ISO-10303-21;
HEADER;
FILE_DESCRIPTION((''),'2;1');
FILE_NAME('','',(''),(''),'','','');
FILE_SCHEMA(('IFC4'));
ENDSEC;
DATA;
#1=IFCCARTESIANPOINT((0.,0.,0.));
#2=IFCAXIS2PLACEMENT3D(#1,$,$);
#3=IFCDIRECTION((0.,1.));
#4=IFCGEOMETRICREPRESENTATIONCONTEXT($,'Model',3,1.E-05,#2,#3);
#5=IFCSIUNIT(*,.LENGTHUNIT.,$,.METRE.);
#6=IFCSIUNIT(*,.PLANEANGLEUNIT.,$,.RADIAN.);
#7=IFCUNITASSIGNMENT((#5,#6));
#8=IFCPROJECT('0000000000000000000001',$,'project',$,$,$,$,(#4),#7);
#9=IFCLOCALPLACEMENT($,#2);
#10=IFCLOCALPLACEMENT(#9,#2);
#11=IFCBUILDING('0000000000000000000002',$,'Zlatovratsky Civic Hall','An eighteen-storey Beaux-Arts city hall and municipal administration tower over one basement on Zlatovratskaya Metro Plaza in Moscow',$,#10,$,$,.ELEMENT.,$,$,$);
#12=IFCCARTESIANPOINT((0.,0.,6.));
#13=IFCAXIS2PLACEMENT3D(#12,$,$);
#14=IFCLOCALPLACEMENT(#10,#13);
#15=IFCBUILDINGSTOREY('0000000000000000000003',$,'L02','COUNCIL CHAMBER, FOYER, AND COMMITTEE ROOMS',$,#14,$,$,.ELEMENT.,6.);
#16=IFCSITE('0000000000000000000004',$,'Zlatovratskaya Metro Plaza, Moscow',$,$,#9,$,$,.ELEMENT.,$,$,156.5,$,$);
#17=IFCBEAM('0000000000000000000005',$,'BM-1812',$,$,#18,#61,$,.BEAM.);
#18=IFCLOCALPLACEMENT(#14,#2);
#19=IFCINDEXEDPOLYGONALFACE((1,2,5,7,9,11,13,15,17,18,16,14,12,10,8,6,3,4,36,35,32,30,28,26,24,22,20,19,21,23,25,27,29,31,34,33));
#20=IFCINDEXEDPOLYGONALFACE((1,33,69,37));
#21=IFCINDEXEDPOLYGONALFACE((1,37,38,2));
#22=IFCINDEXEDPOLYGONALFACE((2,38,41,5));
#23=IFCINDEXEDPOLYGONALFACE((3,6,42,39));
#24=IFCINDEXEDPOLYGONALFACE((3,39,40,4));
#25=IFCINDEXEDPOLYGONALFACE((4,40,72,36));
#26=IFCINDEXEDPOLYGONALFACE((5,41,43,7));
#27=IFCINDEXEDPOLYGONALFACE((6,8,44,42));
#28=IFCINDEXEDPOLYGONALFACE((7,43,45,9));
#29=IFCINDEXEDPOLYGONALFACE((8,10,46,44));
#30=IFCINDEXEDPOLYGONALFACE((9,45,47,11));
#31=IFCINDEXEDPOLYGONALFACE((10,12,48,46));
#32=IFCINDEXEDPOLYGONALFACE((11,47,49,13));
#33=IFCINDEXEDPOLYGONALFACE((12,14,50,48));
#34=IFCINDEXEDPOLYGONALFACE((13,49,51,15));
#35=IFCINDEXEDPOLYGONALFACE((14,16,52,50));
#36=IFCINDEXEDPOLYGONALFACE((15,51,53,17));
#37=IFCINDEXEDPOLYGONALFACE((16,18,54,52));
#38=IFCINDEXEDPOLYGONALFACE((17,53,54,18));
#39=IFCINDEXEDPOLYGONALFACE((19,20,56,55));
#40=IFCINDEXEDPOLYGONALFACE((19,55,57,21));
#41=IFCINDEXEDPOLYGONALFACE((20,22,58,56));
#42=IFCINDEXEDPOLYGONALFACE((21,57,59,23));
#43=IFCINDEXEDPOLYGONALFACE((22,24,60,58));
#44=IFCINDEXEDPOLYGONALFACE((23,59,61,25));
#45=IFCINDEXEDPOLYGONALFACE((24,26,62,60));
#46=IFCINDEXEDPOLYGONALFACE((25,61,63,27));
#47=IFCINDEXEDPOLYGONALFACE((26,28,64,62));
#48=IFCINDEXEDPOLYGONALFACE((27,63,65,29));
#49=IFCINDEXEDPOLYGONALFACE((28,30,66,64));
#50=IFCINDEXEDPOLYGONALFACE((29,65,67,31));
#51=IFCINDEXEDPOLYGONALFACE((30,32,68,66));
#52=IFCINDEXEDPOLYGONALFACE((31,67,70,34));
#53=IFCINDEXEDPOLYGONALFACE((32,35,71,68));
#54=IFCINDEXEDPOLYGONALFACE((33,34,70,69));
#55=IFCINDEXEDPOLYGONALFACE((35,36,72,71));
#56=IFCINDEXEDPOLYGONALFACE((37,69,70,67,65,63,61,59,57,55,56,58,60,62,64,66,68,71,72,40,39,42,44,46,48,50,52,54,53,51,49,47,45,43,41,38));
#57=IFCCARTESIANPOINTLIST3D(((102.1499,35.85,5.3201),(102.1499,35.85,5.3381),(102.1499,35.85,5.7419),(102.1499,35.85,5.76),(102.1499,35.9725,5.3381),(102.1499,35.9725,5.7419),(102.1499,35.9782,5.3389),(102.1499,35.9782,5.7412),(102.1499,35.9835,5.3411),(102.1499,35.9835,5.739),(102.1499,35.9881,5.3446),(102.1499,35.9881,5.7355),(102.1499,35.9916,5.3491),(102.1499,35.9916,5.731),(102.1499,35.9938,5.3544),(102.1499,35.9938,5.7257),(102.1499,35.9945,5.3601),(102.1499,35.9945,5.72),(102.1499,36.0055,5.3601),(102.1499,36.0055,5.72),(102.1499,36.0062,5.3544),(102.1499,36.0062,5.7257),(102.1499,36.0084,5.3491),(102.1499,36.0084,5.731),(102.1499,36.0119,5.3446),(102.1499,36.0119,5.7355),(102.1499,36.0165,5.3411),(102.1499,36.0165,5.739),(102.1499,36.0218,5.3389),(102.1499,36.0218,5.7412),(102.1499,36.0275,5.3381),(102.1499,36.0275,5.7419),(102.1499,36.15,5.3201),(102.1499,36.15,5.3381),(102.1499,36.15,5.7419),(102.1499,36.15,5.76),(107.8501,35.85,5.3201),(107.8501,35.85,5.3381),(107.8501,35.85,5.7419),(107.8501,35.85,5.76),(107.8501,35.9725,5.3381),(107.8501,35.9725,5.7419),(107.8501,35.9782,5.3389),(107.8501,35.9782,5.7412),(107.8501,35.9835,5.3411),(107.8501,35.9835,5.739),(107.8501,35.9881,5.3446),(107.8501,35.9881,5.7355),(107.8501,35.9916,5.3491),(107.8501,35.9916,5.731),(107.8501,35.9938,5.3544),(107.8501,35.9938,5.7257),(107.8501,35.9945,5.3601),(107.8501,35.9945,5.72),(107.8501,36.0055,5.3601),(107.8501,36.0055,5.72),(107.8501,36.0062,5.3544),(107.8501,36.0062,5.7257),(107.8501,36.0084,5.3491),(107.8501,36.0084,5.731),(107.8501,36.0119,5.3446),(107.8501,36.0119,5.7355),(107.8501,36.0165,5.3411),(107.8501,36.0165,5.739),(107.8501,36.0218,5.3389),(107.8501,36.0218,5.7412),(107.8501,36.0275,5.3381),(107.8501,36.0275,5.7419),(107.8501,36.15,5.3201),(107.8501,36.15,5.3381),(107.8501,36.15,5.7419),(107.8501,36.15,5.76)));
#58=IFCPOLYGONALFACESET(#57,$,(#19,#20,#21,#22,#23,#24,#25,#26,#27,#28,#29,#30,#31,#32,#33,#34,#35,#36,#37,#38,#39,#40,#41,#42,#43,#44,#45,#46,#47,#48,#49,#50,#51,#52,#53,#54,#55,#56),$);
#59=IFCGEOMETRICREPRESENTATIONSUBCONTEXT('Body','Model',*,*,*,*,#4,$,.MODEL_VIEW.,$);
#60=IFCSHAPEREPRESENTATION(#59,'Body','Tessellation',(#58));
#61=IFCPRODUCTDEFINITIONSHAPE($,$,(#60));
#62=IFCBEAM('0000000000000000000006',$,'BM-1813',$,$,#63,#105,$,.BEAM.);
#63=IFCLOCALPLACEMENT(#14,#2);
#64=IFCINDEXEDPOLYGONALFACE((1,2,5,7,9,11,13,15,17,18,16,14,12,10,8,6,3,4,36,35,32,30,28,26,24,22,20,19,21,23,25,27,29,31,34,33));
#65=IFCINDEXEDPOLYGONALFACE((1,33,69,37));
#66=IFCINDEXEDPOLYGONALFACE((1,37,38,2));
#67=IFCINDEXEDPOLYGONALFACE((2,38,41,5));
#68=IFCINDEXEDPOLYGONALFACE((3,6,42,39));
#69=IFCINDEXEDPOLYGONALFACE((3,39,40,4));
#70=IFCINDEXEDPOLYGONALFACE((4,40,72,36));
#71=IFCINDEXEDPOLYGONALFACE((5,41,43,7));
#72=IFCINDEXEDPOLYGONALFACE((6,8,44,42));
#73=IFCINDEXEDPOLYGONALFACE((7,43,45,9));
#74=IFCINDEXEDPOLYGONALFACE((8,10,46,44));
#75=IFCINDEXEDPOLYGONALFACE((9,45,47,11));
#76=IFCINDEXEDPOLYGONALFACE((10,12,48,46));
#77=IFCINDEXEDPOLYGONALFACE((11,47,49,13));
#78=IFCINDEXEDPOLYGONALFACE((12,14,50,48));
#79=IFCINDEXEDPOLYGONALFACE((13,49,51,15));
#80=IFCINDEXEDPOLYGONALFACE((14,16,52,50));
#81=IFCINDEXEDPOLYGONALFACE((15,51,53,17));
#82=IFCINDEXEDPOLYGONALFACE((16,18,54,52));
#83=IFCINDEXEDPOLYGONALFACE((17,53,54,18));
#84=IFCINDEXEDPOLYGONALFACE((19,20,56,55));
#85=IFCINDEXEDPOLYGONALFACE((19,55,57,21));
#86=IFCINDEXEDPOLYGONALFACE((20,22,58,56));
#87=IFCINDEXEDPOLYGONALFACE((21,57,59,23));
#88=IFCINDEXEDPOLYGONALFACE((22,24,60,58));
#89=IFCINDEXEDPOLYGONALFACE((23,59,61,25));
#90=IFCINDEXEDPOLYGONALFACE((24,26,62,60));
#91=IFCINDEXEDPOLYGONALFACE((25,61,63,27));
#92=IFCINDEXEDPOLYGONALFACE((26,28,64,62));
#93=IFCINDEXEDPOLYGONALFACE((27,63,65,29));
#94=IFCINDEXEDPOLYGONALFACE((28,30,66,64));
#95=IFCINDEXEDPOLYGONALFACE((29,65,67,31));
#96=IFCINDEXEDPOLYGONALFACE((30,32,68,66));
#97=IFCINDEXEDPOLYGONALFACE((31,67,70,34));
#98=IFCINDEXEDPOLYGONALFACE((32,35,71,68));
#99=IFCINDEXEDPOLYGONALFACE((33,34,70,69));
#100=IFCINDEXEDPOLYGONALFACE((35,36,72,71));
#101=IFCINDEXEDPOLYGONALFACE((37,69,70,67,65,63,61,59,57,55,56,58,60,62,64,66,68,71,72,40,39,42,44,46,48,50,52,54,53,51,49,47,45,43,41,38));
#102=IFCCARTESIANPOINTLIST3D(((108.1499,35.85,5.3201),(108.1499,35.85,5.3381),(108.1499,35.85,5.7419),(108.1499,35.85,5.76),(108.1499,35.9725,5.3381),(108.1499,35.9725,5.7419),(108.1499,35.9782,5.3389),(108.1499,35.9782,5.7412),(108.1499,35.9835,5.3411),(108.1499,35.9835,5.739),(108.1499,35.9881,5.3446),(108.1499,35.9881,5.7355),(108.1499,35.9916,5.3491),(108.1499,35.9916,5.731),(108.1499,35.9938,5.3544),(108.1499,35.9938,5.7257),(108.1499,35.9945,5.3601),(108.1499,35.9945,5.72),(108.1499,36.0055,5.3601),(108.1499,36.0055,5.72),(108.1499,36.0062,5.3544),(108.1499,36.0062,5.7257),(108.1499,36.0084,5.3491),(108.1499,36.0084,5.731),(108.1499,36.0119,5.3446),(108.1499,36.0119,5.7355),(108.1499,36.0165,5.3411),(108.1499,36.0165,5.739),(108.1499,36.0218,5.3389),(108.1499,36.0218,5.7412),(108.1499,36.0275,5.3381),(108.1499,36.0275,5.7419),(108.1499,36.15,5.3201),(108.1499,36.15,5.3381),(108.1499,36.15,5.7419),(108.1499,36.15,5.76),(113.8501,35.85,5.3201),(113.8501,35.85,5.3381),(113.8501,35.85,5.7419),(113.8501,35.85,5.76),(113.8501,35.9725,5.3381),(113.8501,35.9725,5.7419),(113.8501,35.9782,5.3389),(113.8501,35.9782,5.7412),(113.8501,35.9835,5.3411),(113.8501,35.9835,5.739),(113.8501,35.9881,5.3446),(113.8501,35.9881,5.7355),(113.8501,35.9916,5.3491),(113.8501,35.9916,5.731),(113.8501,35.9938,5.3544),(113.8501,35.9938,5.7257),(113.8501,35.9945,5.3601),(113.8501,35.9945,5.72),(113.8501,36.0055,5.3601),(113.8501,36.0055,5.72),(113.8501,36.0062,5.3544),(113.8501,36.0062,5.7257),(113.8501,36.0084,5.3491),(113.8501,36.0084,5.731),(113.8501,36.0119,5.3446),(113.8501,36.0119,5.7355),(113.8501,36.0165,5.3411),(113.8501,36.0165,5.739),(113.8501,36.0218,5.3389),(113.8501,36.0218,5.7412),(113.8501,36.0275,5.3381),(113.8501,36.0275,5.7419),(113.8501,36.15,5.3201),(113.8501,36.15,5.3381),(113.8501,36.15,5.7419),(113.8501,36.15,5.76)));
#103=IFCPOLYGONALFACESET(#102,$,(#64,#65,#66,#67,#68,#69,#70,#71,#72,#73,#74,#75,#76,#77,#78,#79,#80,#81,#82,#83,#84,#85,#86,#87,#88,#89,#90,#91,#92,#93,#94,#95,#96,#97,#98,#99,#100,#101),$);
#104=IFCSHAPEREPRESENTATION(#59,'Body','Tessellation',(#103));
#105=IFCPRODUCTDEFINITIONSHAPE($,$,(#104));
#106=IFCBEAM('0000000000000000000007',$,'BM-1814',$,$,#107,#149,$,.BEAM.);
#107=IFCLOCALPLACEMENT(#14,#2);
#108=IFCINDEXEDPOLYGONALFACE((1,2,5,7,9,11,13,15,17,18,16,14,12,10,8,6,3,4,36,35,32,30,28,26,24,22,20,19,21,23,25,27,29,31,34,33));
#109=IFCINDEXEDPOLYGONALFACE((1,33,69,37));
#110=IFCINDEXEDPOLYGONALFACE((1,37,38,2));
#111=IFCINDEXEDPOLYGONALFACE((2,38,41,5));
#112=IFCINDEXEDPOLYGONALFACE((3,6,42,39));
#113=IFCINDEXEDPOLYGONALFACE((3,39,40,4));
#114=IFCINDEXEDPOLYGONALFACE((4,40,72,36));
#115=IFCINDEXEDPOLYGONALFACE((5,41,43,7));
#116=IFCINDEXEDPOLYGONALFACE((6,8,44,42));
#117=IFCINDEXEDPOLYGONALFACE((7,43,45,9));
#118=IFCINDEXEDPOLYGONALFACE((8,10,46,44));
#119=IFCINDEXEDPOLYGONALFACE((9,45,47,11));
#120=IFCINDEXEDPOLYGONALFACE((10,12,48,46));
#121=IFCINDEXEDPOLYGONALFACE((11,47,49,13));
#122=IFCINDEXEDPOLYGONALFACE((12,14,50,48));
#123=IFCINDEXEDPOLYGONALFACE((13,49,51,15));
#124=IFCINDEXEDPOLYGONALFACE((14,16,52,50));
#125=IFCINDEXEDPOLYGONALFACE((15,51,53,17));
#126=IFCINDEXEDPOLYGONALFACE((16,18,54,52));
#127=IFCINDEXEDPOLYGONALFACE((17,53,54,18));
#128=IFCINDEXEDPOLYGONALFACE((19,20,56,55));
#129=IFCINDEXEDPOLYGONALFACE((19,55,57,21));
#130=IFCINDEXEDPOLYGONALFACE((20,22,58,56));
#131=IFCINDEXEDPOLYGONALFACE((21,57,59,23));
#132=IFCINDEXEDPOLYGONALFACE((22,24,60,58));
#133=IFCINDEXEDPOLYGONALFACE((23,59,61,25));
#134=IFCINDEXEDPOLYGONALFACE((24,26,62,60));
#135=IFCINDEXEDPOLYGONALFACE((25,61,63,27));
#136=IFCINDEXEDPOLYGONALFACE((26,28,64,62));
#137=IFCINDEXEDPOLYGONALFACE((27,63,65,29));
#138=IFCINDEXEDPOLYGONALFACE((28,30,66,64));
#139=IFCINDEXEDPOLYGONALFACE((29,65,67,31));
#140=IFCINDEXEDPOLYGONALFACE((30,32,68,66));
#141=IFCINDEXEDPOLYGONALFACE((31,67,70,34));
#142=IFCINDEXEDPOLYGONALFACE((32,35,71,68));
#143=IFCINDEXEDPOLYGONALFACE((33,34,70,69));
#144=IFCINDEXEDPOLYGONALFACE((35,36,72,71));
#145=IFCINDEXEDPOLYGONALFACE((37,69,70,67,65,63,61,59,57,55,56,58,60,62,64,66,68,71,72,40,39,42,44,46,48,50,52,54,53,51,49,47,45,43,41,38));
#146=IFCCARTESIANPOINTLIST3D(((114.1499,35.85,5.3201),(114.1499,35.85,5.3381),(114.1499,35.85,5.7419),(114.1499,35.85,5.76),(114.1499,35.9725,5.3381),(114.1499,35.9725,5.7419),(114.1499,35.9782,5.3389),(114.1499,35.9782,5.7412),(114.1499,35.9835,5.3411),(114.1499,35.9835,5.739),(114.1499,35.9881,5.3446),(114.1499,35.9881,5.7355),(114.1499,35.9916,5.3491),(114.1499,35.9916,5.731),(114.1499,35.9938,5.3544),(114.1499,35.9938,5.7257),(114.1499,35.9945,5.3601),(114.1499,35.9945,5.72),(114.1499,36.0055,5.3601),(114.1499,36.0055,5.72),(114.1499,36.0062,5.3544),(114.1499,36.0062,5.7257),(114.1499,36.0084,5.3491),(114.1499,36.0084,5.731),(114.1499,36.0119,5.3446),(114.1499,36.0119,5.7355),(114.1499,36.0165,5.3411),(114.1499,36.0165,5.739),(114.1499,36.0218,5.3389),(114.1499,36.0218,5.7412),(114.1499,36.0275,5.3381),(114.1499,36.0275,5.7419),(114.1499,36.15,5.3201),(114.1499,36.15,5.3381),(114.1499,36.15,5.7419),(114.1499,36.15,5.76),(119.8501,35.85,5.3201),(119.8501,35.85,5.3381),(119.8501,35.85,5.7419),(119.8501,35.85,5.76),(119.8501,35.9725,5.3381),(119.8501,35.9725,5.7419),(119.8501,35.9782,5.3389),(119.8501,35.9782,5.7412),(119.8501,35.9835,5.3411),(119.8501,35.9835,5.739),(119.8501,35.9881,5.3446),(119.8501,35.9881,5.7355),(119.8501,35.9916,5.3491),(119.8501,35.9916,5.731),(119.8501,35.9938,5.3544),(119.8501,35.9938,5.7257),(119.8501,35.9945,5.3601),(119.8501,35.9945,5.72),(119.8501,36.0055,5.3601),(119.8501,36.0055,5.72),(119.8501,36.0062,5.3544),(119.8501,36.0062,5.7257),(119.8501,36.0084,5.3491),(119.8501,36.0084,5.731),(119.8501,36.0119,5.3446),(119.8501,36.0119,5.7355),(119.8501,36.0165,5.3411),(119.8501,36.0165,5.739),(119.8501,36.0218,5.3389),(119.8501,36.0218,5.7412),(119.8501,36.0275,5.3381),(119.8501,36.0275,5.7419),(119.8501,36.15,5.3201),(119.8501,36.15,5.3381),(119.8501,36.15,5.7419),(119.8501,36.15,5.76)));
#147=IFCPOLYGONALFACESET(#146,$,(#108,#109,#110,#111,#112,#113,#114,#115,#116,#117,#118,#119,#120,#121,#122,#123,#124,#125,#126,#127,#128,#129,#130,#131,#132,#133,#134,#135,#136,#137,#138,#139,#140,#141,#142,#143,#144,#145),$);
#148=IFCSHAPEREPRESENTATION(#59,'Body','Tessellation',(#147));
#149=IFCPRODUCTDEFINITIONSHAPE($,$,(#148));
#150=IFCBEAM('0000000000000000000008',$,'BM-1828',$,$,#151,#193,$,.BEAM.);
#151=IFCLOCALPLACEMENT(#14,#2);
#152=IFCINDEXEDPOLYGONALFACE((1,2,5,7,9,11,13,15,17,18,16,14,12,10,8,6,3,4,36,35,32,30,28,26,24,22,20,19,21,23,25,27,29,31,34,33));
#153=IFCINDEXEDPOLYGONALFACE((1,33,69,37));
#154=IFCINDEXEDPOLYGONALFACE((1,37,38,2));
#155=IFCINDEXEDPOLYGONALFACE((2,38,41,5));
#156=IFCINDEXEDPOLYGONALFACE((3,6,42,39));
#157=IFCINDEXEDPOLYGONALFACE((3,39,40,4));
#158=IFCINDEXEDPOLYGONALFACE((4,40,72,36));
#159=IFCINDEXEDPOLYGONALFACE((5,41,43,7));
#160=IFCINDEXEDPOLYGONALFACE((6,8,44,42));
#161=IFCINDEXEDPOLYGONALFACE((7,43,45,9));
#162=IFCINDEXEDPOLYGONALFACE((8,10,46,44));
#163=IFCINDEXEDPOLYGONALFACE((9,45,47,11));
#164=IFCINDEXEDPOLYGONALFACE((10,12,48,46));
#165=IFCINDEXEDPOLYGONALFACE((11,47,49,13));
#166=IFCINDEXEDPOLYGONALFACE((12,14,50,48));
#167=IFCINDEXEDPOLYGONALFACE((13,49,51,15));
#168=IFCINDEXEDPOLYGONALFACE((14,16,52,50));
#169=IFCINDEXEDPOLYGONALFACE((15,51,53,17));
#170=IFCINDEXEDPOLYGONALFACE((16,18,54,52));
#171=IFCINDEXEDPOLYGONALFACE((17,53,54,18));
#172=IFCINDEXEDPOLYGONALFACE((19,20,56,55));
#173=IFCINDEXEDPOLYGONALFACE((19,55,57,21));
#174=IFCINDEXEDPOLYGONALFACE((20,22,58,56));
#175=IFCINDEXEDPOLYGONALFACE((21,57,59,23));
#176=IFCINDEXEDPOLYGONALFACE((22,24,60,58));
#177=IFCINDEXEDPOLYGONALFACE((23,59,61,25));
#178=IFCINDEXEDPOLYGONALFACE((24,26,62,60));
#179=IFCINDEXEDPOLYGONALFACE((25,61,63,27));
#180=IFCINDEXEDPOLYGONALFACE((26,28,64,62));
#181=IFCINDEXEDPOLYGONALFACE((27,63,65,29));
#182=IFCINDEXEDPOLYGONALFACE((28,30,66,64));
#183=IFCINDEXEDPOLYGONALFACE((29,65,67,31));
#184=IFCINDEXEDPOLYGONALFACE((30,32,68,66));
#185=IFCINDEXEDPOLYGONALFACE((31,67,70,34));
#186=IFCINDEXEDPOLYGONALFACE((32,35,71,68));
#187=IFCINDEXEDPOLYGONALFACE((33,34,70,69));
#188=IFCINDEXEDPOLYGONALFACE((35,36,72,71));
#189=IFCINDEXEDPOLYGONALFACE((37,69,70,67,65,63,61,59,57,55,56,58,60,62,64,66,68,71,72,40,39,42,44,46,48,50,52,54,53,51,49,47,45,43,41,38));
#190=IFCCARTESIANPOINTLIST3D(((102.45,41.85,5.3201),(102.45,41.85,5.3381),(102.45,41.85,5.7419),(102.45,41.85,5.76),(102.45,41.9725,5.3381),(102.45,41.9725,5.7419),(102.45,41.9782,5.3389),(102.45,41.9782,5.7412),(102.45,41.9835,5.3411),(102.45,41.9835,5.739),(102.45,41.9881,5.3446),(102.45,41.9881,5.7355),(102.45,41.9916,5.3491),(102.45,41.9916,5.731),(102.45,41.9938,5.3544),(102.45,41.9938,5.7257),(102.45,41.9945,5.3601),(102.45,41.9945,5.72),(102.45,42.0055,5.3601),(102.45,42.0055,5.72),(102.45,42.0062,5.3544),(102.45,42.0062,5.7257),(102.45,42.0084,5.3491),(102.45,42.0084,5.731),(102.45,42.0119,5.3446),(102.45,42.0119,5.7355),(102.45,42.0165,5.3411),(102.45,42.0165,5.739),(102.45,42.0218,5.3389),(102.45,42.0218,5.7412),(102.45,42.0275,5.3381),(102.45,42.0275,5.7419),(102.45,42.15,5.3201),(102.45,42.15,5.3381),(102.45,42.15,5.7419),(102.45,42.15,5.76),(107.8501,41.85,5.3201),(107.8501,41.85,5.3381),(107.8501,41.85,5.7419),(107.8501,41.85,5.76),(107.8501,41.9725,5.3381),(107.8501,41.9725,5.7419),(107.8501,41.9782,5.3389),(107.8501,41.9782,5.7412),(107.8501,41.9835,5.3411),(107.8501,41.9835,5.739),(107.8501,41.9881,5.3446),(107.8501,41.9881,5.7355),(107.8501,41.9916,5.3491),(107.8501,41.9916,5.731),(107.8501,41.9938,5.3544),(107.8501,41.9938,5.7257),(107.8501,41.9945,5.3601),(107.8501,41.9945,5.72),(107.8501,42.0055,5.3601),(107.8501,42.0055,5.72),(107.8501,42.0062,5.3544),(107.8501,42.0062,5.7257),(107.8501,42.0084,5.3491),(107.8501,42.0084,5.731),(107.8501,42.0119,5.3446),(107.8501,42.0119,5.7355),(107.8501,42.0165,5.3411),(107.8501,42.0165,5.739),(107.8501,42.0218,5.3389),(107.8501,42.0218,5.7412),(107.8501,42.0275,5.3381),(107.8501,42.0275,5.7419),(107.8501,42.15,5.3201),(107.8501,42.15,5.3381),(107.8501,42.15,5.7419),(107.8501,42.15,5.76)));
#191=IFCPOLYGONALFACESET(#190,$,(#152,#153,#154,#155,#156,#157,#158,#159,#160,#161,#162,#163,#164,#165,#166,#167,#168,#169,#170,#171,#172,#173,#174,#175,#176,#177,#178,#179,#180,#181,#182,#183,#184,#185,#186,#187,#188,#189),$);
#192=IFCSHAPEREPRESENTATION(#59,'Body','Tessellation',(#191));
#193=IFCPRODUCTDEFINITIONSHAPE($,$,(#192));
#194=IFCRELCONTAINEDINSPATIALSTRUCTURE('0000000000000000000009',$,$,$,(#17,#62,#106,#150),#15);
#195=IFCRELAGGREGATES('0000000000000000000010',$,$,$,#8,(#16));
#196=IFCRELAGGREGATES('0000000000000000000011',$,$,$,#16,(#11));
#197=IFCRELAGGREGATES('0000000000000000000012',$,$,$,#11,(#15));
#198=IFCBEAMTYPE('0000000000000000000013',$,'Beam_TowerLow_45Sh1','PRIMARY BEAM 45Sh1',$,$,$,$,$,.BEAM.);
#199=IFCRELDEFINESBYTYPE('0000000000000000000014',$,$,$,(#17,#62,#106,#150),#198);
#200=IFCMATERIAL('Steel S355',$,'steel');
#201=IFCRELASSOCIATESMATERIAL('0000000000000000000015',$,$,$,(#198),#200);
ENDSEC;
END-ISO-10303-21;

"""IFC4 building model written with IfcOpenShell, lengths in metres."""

from ifc_helpers import new_model, si_unit, direction, frame, origin, origin_2d, place, context, subcontext, project, spatial, i_section, extrude, material, material_profile, profile_set, type_object, element, save


model = new_model("IFC4")

# Units and contexts
model_context = context("Model", 3, precision=1e-05, world=origin(), true_north=direction((0.0, 1.0)))
body_context = subcontext(model_context, "Body", "Model", "MODEL_VIEW")
ifc_project = project(units=[si_unit("LENGTHUNIT", "METRE"), si_unit("PLANEANGLEUNIT", "RADIAN")], contexts=[model_context])

# Site, building, storey
site_placement = place(None, origin())
site = spatial("IfcSite", under=ifc_project, at=site_placement, Name="Zlatovratskaya Metro Plaza, Moscow", CompositionType="ELEMENT", RefElevation=156.5)
building_placement = place(site_placement, origin())
building = spatial("IfcBuilding", under=site, at=building_placement, Name="Zlatovratsky Civic Hall", Description="An eighteen-storey Beaux-Arts city hall and municipal administration tower over one basement on Zlatovratskaya Metro Plaza in Moscow", CompositionType="ELEMENT")
storey_placement = place(building_placement, frame((0.0, 0.0, 6.0)))
storey = spatial("IfcBuildingStorey", under=building, at=storey_placement, Name="L02", Description="COUNCIL CHAMBER, FOYER, AND COMMITTEE ROOMS", CompositionType="ELEMENT", Elevation=6.0)

# Shared definitions
ifc_material_1 = material(Name="Steel S355", Category="steel")

# Beams
ifc_material_profile_1 = material_profile(ifc_material_1, i_section(OverallWidth=0.3, OverallDepth=0.4399, WebThickness=0.011, FlangeThickness=0.0181, FilletRadius=0.022, at=origin_2d()), Name="45Sh1")
ifc_profile_set_1 = profile_set([ifc_material_profile_1], Name="Steel S355")
beam_type = type_object("IfcBeamType", Name="Beam_TowerLow_45Sh1", Description="PRIMARY BEAM 45Sh1", PredefinedType="BEAM", material=ifc_profile_set_1)
for number, where, z_axis, x_axis, name in (
    (1, (102.1499, 36.0, 5.54), (1.0, 0.0, 0.0), (0.0, 1.0, 0.0), "BM-1812"),
    (2, (108.1499, 36.0, 5.54), (1.0, 0.0, 0.0), (0.0, 1.0, 0.0), "BM-1813"),
    (3, (114.1499, 36.0, 5.54), (1.0, 0.0, 0.0), (0.0, 1.0, 0.0), "BM-1814"),
):
    element("IfcBeam", number, at=place(storey_placement, frame(where, z_axis=z_axis, x_axis=x_axis)), inside=storey, type_object=beam_type, Name=name, PredefinedType="BEAM", context=body_context, shape_type="SweptSolid", body=[
        extrude(i_section(OverallWidth=0.3, OverallDepth=0.4399, WebThickness=0.011, FlangeThickness=0.0181, FilletRadius=0.022, at=origin_2d()), origin(), (0.0, 0.0, 1.0), 5.7002),
    ])
beam_1_placement = place(storey_placement, frame((102.45, 42.0, 5.54), z_axis=(1.0, 0.0, 0.0), x_axis=(0.0, 1.0, 0.0)))
element("IfcBeam", 4, at=beam_1_placement, inside=storey, type_object=beam_type, Name="BM-1828", PredefinedType="BEAM", context=body_context, shape_type="SweptSolid", body=[
    extrude(i_section(OverallWidth=0.3, OverallDepth=0.4399, WebThickness=0.011, FlangeThickness=0.0181, FilletRadius=0.022, at=origin_2d()), origin(), (0.0, 0.0, 1.0), 5.4001),
])

save(model, "model.ifc")
